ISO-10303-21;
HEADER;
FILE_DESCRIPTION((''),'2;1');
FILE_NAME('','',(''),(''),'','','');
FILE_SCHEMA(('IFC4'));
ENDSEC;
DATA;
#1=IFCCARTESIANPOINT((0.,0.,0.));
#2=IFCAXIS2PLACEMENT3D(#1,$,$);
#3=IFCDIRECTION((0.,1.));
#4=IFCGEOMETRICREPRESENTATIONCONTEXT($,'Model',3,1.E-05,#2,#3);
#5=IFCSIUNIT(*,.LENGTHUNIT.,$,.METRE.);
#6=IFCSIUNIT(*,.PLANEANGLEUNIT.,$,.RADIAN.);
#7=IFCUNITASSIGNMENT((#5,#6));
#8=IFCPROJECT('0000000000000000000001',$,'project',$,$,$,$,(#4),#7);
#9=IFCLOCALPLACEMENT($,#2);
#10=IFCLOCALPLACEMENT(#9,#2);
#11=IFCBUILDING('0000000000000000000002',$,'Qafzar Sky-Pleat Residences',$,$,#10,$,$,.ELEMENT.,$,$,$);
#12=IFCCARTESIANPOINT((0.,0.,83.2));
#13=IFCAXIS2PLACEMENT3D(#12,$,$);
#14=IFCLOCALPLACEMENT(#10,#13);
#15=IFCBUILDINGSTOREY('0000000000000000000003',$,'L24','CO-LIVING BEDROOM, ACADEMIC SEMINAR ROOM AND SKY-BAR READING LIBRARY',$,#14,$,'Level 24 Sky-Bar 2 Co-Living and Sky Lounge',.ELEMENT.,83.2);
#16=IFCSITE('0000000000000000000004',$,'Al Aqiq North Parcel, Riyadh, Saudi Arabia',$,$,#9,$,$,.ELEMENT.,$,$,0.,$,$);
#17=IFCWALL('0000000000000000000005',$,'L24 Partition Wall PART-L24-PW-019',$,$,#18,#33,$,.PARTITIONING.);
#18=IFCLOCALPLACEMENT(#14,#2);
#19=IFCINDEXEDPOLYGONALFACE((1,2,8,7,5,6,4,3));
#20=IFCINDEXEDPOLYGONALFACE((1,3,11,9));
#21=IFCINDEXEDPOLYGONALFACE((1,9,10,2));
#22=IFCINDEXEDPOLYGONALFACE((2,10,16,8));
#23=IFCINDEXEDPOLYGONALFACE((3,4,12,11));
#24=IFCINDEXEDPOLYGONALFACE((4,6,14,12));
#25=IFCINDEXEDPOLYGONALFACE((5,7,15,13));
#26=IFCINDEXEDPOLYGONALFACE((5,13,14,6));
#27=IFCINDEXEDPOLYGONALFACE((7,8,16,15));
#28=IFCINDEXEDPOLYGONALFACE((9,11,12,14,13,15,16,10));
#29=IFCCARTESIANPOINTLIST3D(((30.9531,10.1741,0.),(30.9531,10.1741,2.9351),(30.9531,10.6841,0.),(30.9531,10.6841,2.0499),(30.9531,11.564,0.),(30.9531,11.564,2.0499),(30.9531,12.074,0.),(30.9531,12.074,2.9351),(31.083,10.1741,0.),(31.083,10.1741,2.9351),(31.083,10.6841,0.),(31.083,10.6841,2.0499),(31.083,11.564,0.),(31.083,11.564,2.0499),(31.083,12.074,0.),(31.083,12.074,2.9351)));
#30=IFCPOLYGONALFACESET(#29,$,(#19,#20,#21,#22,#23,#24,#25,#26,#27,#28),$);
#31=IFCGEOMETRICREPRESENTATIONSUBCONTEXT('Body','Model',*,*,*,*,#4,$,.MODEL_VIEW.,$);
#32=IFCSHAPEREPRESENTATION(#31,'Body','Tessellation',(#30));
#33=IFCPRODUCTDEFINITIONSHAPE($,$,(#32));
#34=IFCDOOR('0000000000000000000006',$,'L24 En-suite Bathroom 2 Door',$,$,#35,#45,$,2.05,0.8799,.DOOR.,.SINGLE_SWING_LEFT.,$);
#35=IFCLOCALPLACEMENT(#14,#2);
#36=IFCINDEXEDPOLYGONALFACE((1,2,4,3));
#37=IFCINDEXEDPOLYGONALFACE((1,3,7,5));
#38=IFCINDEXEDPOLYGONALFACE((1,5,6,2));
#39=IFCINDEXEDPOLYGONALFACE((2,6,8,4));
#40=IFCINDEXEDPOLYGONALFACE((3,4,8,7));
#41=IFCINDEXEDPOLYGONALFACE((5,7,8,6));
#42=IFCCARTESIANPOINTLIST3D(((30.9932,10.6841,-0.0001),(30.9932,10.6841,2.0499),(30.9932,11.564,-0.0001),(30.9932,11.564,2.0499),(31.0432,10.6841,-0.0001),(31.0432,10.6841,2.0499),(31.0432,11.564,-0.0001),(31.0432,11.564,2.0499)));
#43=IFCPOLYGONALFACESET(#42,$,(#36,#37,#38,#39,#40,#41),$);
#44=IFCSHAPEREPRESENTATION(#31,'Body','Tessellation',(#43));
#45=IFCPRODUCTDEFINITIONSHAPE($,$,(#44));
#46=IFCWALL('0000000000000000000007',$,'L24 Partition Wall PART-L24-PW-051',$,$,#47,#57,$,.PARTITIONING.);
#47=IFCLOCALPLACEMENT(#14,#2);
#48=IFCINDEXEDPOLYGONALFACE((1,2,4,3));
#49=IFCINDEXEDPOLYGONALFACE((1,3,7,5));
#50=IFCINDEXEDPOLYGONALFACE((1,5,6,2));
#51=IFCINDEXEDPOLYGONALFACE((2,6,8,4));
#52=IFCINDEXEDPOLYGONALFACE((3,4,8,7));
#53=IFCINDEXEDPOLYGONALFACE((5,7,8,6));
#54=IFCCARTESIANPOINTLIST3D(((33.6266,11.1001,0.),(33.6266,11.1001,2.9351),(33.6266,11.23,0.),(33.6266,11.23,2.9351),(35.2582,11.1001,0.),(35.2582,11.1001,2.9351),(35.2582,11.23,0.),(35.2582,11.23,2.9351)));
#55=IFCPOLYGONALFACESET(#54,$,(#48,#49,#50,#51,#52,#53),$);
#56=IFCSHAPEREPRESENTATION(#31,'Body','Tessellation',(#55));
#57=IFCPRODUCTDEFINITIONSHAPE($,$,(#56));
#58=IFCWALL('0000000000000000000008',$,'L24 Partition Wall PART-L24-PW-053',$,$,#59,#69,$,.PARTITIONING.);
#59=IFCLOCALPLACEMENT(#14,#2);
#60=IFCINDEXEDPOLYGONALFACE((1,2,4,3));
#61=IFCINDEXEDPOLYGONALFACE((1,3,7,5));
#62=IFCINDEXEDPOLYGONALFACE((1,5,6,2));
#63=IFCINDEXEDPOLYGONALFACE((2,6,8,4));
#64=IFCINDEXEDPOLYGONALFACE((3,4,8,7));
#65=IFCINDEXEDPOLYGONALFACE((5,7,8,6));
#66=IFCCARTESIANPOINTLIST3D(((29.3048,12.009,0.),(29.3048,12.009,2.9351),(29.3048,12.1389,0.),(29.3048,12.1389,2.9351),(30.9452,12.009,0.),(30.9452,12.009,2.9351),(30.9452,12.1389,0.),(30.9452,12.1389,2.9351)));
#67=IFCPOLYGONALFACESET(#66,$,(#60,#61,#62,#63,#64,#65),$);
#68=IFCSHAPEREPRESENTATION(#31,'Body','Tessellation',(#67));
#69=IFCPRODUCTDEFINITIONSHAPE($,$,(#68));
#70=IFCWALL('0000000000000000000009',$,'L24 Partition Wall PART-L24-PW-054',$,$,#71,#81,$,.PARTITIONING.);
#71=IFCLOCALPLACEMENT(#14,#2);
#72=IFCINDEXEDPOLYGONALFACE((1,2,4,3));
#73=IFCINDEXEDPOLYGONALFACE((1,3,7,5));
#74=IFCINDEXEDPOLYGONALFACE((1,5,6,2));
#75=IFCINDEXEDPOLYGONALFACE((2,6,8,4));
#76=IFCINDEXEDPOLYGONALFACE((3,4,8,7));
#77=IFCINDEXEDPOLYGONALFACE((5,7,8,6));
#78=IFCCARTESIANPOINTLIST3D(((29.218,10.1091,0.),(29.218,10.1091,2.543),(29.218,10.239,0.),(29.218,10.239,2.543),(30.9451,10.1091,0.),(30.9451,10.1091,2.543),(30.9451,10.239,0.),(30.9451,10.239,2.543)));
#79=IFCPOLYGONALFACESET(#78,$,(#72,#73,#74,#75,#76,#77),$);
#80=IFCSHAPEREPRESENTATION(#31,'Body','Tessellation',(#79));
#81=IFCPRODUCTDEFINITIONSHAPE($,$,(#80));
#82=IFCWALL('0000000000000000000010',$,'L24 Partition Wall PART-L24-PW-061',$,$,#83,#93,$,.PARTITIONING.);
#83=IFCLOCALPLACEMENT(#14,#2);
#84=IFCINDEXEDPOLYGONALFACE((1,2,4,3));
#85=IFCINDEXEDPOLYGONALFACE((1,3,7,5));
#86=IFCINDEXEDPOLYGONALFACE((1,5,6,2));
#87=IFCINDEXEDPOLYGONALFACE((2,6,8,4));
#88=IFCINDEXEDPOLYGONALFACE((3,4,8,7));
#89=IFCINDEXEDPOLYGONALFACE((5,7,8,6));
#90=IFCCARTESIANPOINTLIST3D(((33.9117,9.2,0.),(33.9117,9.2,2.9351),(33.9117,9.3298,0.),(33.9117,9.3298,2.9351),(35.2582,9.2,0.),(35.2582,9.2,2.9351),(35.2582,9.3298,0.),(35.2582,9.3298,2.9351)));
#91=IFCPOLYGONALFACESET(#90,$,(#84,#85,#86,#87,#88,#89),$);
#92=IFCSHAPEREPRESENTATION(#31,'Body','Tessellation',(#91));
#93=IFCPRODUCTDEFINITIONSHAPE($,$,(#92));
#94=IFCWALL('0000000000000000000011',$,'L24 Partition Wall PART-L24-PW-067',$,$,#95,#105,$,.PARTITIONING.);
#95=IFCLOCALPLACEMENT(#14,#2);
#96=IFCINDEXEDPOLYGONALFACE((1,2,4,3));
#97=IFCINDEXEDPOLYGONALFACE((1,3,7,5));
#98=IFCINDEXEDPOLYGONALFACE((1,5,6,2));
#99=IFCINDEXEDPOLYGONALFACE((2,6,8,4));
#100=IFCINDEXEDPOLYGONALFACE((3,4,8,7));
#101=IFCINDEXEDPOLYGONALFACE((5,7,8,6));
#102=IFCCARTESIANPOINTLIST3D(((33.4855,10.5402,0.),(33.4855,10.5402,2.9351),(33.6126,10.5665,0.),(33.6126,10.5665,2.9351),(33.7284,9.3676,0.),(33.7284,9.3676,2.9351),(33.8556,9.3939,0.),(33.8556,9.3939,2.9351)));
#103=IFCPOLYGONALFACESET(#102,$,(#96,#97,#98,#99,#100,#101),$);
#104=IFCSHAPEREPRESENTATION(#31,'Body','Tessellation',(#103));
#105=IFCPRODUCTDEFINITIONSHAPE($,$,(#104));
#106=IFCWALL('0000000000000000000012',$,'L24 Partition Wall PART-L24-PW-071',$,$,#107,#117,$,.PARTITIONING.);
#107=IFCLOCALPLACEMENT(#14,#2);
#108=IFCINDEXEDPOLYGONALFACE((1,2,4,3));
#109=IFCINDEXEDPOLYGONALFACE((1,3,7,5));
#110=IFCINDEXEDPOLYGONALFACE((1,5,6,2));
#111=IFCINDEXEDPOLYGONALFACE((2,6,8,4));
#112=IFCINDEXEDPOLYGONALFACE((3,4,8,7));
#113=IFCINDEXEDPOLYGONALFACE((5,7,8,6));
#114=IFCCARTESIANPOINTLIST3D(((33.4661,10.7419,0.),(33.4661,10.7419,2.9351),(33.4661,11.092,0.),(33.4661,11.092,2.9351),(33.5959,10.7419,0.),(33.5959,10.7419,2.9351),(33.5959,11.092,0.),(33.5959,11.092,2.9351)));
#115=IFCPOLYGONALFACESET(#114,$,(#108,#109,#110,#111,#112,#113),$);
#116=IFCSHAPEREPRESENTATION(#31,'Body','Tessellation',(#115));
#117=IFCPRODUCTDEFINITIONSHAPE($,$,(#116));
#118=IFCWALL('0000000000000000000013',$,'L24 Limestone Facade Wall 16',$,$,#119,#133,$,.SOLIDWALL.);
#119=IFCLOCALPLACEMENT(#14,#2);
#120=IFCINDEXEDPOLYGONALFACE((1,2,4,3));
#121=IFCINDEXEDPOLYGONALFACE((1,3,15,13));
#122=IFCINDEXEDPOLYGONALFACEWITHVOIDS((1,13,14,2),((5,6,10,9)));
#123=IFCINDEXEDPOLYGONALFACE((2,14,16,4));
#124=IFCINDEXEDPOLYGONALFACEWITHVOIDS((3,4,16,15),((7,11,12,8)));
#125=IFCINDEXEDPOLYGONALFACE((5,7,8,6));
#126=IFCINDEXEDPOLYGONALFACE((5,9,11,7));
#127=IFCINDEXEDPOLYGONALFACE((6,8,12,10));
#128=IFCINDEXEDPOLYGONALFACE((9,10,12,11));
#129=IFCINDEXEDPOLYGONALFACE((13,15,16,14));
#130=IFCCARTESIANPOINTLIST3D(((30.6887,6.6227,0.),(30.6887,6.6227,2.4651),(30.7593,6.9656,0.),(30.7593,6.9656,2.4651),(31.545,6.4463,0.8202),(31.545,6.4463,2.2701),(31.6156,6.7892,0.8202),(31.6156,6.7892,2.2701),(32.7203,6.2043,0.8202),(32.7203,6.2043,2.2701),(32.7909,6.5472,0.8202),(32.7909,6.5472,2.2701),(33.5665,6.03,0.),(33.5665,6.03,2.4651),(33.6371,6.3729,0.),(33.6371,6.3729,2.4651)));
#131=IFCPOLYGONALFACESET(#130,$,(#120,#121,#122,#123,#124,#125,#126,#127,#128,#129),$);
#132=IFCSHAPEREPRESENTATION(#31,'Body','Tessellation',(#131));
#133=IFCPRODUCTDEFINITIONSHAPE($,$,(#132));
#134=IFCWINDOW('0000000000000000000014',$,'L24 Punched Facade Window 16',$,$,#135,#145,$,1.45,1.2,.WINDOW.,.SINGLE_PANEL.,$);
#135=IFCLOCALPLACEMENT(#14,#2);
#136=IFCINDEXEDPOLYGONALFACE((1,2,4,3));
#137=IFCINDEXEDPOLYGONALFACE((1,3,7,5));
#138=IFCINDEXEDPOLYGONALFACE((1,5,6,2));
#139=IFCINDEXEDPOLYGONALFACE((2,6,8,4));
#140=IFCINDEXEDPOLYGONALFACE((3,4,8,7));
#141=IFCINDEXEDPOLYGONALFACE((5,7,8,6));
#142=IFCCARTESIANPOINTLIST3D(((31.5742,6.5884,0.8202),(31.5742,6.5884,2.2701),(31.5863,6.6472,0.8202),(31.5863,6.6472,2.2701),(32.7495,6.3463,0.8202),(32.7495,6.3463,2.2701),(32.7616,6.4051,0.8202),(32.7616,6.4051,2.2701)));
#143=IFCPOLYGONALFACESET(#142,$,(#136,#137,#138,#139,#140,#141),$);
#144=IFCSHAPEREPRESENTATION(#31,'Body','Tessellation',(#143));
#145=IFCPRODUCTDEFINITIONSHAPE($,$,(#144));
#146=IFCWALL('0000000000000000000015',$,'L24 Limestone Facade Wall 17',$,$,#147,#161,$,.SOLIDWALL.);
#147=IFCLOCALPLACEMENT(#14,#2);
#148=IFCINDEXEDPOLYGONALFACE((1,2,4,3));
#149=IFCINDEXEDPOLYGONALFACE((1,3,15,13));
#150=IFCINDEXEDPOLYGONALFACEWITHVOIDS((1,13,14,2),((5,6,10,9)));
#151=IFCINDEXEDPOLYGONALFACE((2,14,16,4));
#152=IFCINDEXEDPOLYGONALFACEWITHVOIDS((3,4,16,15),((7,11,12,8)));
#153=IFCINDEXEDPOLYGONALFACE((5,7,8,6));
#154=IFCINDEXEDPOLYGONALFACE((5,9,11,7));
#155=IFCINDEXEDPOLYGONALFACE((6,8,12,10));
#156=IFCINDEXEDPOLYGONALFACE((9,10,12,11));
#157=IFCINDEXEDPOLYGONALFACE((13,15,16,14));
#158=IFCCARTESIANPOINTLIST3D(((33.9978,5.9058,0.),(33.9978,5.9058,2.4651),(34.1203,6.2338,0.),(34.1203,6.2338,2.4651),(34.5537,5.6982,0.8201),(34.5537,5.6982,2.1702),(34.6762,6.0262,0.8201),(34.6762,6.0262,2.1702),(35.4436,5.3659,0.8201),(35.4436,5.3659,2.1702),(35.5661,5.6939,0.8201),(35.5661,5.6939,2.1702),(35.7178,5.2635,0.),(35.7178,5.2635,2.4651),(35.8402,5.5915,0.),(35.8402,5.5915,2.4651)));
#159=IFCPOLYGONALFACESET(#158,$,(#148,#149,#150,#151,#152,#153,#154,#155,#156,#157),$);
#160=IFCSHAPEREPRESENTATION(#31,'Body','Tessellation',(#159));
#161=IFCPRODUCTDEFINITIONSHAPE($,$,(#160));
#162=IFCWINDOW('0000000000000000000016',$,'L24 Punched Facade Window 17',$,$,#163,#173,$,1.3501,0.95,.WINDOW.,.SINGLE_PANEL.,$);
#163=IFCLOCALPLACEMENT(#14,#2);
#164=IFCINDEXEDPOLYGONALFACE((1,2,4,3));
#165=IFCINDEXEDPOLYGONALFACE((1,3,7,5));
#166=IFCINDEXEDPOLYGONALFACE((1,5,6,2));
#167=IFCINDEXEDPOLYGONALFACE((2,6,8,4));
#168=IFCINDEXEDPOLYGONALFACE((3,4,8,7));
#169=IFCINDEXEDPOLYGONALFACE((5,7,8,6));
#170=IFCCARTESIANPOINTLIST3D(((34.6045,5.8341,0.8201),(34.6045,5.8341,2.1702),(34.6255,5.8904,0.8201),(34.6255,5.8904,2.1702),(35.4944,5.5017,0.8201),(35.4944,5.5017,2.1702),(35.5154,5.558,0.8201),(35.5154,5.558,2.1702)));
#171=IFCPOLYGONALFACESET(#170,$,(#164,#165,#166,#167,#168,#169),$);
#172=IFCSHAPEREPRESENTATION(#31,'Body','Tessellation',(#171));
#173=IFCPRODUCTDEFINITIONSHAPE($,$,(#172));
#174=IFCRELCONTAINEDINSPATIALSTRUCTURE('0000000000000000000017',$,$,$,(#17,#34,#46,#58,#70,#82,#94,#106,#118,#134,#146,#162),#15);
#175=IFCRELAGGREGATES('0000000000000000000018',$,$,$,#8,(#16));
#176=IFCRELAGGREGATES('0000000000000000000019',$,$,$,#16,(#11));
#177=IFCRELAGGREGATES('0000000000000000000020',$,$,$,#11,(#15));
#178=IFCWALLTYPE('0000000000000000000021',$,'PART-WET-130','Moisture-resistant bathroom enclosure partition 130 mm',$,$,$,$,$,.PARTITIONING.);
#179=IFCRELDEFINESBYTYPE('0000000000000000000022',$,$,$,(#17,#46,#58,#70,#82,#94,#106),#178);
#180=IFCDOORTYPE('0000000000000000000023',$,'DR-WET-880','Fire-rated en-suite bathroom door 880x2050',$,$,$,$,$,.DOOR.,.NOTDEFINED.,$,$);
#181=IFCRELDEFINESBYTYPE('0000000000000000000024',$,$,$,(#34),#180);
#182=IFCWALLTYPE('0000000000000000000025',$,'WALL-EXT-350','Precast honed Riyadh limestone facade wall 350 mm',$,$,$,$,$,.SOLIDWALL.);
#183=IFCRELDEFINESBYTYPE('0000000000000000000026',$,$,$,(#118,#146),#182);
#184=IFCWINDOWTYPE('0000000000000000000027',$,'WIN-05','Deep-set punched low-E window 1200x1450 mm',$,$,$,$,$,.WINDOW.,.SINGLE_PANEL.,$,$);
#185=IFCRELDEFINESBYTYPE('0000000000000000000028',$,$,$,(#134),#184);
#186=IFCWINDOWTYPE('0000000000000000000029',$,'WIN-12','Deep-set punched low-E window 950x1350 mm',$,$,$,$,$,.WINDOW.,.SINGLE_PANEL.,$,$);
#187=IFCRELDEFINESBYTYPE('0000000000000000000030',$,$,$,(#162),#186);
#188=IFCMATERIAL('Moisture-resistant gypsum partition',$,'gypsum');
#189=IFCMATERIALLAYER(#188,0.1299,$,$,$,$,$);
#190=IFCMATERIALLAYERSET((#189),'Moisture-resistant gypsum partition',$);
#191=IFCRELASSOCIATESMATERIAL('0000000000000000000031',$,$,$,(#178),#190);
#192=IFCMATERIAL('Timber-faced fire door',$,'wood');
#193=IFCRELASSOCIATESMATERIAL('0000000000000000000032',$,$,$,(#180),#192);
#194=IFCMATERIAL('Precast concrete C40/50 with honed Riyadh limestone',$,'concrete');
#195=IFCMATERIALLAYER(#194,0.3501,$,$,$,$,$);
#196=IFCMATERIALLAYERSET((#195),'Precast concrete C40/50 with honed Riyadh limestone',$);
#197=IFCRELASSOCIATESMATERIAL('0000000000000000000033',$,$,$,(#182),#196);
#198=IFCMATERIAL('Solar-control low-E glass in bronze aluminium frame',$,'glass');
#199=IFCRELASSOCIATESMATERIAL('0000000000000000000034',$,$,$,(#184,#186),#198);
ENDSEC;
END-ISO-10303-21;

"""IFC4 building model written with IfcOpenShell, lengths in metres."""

from ifc_helpers import new_model, si_unit, direction, frame, frame_2d, origin, place, context, subcontext, project, spatial, rectangle, extrude, source, transform, mapped, material, layer, layer_set, type_object, element, fill, save


model = new_model("IFC4")

# Units and contexts
model_context = context("Model", 3, precision=1e-05, world=origin(), true_north=direction((0.0, 1.0)))
body_context = subcontext(model_context, "Body", "Model", "MODEL_VIEW")
ifc_project = project(units=[si_unit("LENGTHUNIT", "METRE"), si_unit("PLANEANGLEUNIT", "RADIAN")], contexts=[model_context])

# Site, building, storey
site_placement = place(None, origin())
site = spatial("IfcSite", under=ifc_project, at=site_placement, Name="Al Aqiq North Parcel, Riyadh, Saudi Arabia", CompositionType="ELEMENT", RefElevation=0.0)
building_placement = place(site_placement, origin())
building = spatial("IfcBuilding", under=site, at=building_placement, Name="Qafzar Sky-Pleat Residences", CompositionType="ELEMENT")
storey_placement = place(building_placement, frame((0.0, 0.0, 83.2)))
storey = spatial("IfcBuildingStorey", under=building, at=storey_placement, Name="L24", Description="CO-LIVING BEDROOM, ACADEMIC SEMINAR ROOM AND SKY-BAR READING LIBRARY", LongName="Level 24 Sky-Bar 2 Co-Living and Sky Lounge", CompositionType="ELEMENT", Elevation=83.2)

# Wall, opening, door
ifc_material_1 = material(Name="Moisture-resistant gypsum partition", Category="gypsum")
ifc_layer_1 = layer(ifc_material_1, 0.1299)
ifc_layer_set_1 = layer_set([ifc_layer_1], Name="Moisture-resistant gypsum partition")
wall_type_1 = type_object("IfcWallType", Name="PART-WET-130", Description="Moisture-resistant bathroom enclosure partition 130 mm", PredefinedType="PARTITIONING", material=ifc_layer_set_1)
wall_1_placement = place(storey_placement, frame((31.0181, 10.1741, 0.0), z_axis=(0.0, 0.0, 1.0), x_axis=(0.0, 1.0, 0.0)))
wall_1 = element("IfcWall", 1, at=wall_1_placement, inside=storey, type_object=wall_type_1, Name="L24 Partition Wall PART-L24-PW-019", PredefinedType="PARTITIONING", context=body_context, shape_type="SweptSolid", body=[
    extrude(rectangle(XDim=1.8999, YDim=0.1299, at=frame_2d((0.95, 0.0))), origin(), (0.0, 0.0, 1.0), 2.9351),
])
opening_1_placement = place(wall_1_placement, frame((0.51, 0.0, 0.0)))
opening_1 = element("IfcOpeningElement", 2, at=opening_1_placement, cuts=wall_1, PredefinedType="OPENING", context=body_context, shape_type="SweptSolid", body=[
    extrude(rectangle(XDim=0.8799, YDim=2.05, at=frame_2d((0.4399, 1.0249))), frame((0.0, 0.075, 0.0), z_axis=(0.0, -1.0, 0.0), x_axis=(1.0, 0.0, 0.0)), (0.0, 0.0, 1.0), 0.1499),
])
ifc_material_2 = material(Name="Timber-faced fire door", Category="wood")
door_type = type_object("IfcDoorType", Name="DR-WET-880", Description="Fire-rated en-suite bathroom door 880x2050", OperationType="NOTDEFINED", PredefinedType="DOOR", material=ifc_material_2)
shared_shape_1 = source(origin(), body_context, "Body", "SweptSolid", [
    extrude(rectangle(XDim=0.8799, YDim=2.05, at=frame_2d((0.4399, 1.0249))), frame((0.0, 0.0249, 0.0), z_axis=(0.0, -1.0, 0.0), x_axis=(1.0, 0.0, 0.0)), (0.0, 0.0, 1.0), 0.05),
])
door_placement = place(opening_1_placement, origin())
door = element("IfcDoor", 3, at=door_placement, inside=storey, type_object=door_type, Name="L24 En-suite Bathroom 2 Door", OperationType="SINGLE_SWING_LEFT", OverallHeight=2.05, OverallWidth=0.8799, PredefinedType="DOOR", context=body_context, shape_type="MappedRepresentation", body=[
    mapped(shared_shape_1, transform((0.0, 0.0, 0.0), x_axis=(1.0, 0.0, 0.0), y_axis=(0.0, 1.0, 0.0), z_axis=(0.0, 0.0, 1.0), scale=1.0)),
])
fill(opening_1, door)

# Walls
wall_2_placement = place(storey_placement, frame((33.6265, 11.165, 0.0), z_axis=(0.0, 0.0, 1.0), x_axis=(1.0, 0.0, 0.0)))
element("IfcWall", 4, at=wall_2_placement, inside=storey, type_object=wall_type_1, Name="L24 Partition Wall PART-L24-PW-051", PredefinedType="PARTITIONING", context=body_context, shape_type="SweptSolid", body=[
    extrude(rectangle(XDim=1.6316, YDim=0.1299, at=frame_2d((0.8159, 0.0))), origin(), (0.0, 0.0, 1.0), 2.9351),
])
wall_3_placement = place(storey_placement, frame((29.3047, 12.074, 0.0), z_axis=(0.0, 0.0, 1.0), x_axis=(1.0, 0.0, 0.0)))
element("IfcWall", 5, at=wall_3_placement, inside=storey, type_object=wall_type_1, Name="L24 Partition Wall PART-L24-PW-053", PredefinedType="PARTITIONING", context=body_context, shape_type="SweptSolid", body=[
    extrude(rectangle(XDim=1.6404, YDim=0.1299, at=frame_2d((0.8203, 0.0))), origin(), (0.0, 0.0, 1.0), 2.9351),
])
wall_4_placement = place(storey_placement, frame((29.218, 10.1741, 0.0), z_axis=(0.0, 0.0, 1.0), x_axis=(1.0, 0.0, 0.0)))
element("IfcWall", 6, at=wall_4_placement, inside=storey, type_object=wall_type_1, Name="L24 Partition Wall PART-L24-PW-054", PredefinedType="PARTITIONING", context=body_context, shape_type="SweptSolid", body=[
    extrude(rectangle(XDim=1.7271, YDim=0.1299, at=frame_2d((0.8635, 0.0))), origin(), (0.0, 0.0, 1.0), 2.543),
])
wall_5_placement = place(storey_placement, frame((33.9116, 9.2649, 0.0), z_axis=(0.0, 0.0, 1.0), x_axis=(1.0, 0.0, 0.0)))
element("IfcWall", 7, at=wall_5_placement, inside=storey, type_object=wall_type_1, Name="L24 Partition Wall PART-L24-PW-061", PredefinedType="PARTITIONING", context=body_context, shape_type="SweptSolid", body=[
    extrude(rectangle(XDim=1.3464, YDim=0.1299, at=frame_2d((0.6733, 0.0))), origin(), (0.0, 0.0, 1.0), 2.9351),
])
wall_6_placement = place(storey_placement, frame((33.5491, 10.5532, 0.0), z_axis=(0.0, 0.0, 1.0), x_axis=(0.202855, -0.979209, 0.0)))
element("IfcWall", 8, at=wall_6_placement, inside=storey, type_object=wall_type_1, Name="L24 Partition Wall PART-L24-PW-067", PredefinedType="PARTITIONING", context=body_context, shape_type="SweptSolid", body=[
    extrude(rectangle(XDim=1.1975, YDim=0.1299, at=frame_2d((0.5986, 0.0))), origin(), (0.0, 0.0, 1.0), 2.9351),
])
wall_7_placement = place(storey_placement, frame((33.531, 10.7419, 0.0), z_axis=(0.0, 0.0, 1.0), x_axis=(0.0, 1.0, 0.0)))
element("IfcWall", 9, at=wall_7_placement, inside=storey, type_object=wall_type_1, Name="L24 Partition Wall PART-L24-PW-071", PredefinedType="PARTITIONING", context=body_context, shape_type="SweptSolid", body=[
    extrude(rectangle(XDim=0.3501, YDim=0.1299, at=frame_2d((0.175, 0.0))), origin(), (0.0, 0.0, 1.0), 2.9351),
])

# Walls, openings, windows
ifc_material_3 = material(Name="Precast concrete C40/50 with honed Riyadh limestone", Category="concrete")
ifc_layer_2 = layer(ifc_material_3, 0.3501)
ifc_layer_set_2 = layer_set([ifc_layer_2], Name="Precast concrete C40/50 with honed Riyadh limestone")
wall_type_2 = type_object("IfcWallType", Name="WALL-EXT-350", Description="Precast honed Riyadh limestone facade wall 350 mm", PredefinedType="SOLIDWALL", material=ifc_layer_set_2)
wall_8_placement = place(storey_placement, frame((30.7239, 6.7942, 0.0), z_axis=(0.0, 0.0, 1.0), x_axis=(0.97944, -0.201737, 0.0)))
wall_8 = element("IfcWall", 10, at=wall_8_placement, inside=storey, type_object=wall_type_2, Name="L24 Limestone Facade Wall 16", PredefinedType="SOLIDWALL", context=body_context, shape_type="SweptSolid", body=[
    extrude(rectangle(XDim=2.9382, YDim=0.3501, at=frame_2d((1.4692, 0.0))), origin(), (0.0, 0.0, 1.0), 2.4651),
])
opening_2_placement = place(wall_8_placement, frame((0.8743, 0.0, 0.8201)))
opening_2 = element("IfcOpeningElement", 11, at=opening_2_placement, cuts=wall_8, PredefinedType="OPENING", context=body_context, shape_type="SweptSolid", body=[
    extrude(rectangle(XDim=1.2, YDim=1.45, at=frame_2d((0.6001, 0.7251))), frame((0.0, 0.1851, 0.0), z_axis=(0.0, -1.0, 0.0), x_axis=(1.0, 0.0, 0.0)), (0.0, 0.0, 1.0), 0.3701),
])
ifc_material_4 = material(Name="Solar-control low-E glass in bronze aluminium frame", Category="glass")
window_type_1 = type_object("IfcWindowType", Name="WIN-05", Description="Deep-set punched low-E window 1200x1450 mm", PartitioningType="SINGLE_PANEL", PredefinedType="WINDOW", material=ifc_material_4)
shared_shape_2 = source(origin(), body_context, "Body", "SweptSolid", [
    extrude(rectangle(XDim=1.2, YDim=1.45, at=frame_2d((0.6001, 0.7251))), frame((0.0, 0.03, 0.0), z_axis=(0.0, -1.0, 0.0), x_axis=(1.0, 0.0, 0.0)), (0.0, 0.0, 1.0), 0.0601),
])
window_1_placement = place(opening_2_placement, origin())
window_1 = element("IfcWindow", 12, at=window_1_placement, inside=storey, type_object=window_type_1, Name="L24 Punched Facade Window 16", OverallHeight=1.45, OverallWidth=1.2, PartitioningType="SINGLE_PANEL", PredefinedType="WINDOW", context=body_context, shape_type="MappedRepresentation", body=[
    mapped(shared_shape_2, transform((0.0, 0.0, 0.0), x_axis=(1.0, 0.0, 0.0), y_axis=(0.0, 1.0, 0.0), z_axis=(0.0, 0.0, 1.0), scale=1.0)),
])
fill(opening_2, window_1)
wall_9_placement = place(storey_placement, frame((34.0591, 6.0698, 0.0), z_axis=(0.0, 0.0, 1.0), x_axis=(0.936804, -0.349855, 0.0)))
wall_9 = element("IfcWall", 13, at=wall_9_placement, inside=storey, type_object=wall_type_2, Name="L24 Limestone Facade Wall 17", PredefinedType="SOLIDWALL", context=body_context, shape_type="SweptSolid", body=[
    extrude(rectangle(XDim=1.8359, YDim=0.3501, at=frame_2d((0.918, 0.0))), origin(), (0.0, 0.0, 1.0), 2.4651),
])
opening_3_placement = place(wall_9_placement, frame((0.5933, 0.0, 0.8201)))
opening_3 = element("IfcOpeningElement", 14, at=opening_3_placement, cuts=wall_9, PredefinedType="OPENING", context=body_context, shape_type="SweptSolid", body=[
    extrude(rectangle(XDim=0.95, YDim=1.3501, at=frame_2d((0.4751, 0.675))), frame((0.0, 0.1851, 0.0), z_axis=(0.0, -1.0, 0.0), x_axis=(1.0, 0.0, 0.0)), (0.0, 0.0, 1.0), 0.3701),
])
window_type_2 = type_object("IfcWindowType", Name="WIN-12", Description="Deep-set punched low-E window 950x1350 mm", PartitioningType="SINGLE_PANEL", PredefinedType="WINDOW", material=ifc_material_4)
shared_shape_3 = source(origin(), body_context, "Body", "SweptSolid", [
    extrude(rectangle(XDim=0.95, YDim=1.3501, at=frame_2d((0.4751, 0.675))), frame((0.0, 0.03, 0.0), z_axis=(0.0, -1.0, 0.0), x_axis=(1.0, 0.0, 0.0)), (0.0, 0.0, 1.0), 0.0601),
])
window_2_placement = place(opening_3_placement, origin())
window_2 = element("IfcWindow", 15, at=window_2_placement, inside=storey, type_object=window_type_2, Name="L24 Punched Facade Window 17", OverallHeight=1.3501, OverallWidth=0.95, PartitioningType="SINGLE_PANEL", PredefinedType="WINDOW", context=body_context, shape_type="MappedRepresentation", body=[
    mapped(shared_shape_3, transform((0.0, 0.0, 0.0), x_axis=(1.0, 0.0, 0.0), y_axis=(0.0, 1.0, 0.0), z_axis=(0.0, 0.0, 1.0), scale=1.0)),
])
fill(opening_3, window_2)

save(model, "model.ifc")
